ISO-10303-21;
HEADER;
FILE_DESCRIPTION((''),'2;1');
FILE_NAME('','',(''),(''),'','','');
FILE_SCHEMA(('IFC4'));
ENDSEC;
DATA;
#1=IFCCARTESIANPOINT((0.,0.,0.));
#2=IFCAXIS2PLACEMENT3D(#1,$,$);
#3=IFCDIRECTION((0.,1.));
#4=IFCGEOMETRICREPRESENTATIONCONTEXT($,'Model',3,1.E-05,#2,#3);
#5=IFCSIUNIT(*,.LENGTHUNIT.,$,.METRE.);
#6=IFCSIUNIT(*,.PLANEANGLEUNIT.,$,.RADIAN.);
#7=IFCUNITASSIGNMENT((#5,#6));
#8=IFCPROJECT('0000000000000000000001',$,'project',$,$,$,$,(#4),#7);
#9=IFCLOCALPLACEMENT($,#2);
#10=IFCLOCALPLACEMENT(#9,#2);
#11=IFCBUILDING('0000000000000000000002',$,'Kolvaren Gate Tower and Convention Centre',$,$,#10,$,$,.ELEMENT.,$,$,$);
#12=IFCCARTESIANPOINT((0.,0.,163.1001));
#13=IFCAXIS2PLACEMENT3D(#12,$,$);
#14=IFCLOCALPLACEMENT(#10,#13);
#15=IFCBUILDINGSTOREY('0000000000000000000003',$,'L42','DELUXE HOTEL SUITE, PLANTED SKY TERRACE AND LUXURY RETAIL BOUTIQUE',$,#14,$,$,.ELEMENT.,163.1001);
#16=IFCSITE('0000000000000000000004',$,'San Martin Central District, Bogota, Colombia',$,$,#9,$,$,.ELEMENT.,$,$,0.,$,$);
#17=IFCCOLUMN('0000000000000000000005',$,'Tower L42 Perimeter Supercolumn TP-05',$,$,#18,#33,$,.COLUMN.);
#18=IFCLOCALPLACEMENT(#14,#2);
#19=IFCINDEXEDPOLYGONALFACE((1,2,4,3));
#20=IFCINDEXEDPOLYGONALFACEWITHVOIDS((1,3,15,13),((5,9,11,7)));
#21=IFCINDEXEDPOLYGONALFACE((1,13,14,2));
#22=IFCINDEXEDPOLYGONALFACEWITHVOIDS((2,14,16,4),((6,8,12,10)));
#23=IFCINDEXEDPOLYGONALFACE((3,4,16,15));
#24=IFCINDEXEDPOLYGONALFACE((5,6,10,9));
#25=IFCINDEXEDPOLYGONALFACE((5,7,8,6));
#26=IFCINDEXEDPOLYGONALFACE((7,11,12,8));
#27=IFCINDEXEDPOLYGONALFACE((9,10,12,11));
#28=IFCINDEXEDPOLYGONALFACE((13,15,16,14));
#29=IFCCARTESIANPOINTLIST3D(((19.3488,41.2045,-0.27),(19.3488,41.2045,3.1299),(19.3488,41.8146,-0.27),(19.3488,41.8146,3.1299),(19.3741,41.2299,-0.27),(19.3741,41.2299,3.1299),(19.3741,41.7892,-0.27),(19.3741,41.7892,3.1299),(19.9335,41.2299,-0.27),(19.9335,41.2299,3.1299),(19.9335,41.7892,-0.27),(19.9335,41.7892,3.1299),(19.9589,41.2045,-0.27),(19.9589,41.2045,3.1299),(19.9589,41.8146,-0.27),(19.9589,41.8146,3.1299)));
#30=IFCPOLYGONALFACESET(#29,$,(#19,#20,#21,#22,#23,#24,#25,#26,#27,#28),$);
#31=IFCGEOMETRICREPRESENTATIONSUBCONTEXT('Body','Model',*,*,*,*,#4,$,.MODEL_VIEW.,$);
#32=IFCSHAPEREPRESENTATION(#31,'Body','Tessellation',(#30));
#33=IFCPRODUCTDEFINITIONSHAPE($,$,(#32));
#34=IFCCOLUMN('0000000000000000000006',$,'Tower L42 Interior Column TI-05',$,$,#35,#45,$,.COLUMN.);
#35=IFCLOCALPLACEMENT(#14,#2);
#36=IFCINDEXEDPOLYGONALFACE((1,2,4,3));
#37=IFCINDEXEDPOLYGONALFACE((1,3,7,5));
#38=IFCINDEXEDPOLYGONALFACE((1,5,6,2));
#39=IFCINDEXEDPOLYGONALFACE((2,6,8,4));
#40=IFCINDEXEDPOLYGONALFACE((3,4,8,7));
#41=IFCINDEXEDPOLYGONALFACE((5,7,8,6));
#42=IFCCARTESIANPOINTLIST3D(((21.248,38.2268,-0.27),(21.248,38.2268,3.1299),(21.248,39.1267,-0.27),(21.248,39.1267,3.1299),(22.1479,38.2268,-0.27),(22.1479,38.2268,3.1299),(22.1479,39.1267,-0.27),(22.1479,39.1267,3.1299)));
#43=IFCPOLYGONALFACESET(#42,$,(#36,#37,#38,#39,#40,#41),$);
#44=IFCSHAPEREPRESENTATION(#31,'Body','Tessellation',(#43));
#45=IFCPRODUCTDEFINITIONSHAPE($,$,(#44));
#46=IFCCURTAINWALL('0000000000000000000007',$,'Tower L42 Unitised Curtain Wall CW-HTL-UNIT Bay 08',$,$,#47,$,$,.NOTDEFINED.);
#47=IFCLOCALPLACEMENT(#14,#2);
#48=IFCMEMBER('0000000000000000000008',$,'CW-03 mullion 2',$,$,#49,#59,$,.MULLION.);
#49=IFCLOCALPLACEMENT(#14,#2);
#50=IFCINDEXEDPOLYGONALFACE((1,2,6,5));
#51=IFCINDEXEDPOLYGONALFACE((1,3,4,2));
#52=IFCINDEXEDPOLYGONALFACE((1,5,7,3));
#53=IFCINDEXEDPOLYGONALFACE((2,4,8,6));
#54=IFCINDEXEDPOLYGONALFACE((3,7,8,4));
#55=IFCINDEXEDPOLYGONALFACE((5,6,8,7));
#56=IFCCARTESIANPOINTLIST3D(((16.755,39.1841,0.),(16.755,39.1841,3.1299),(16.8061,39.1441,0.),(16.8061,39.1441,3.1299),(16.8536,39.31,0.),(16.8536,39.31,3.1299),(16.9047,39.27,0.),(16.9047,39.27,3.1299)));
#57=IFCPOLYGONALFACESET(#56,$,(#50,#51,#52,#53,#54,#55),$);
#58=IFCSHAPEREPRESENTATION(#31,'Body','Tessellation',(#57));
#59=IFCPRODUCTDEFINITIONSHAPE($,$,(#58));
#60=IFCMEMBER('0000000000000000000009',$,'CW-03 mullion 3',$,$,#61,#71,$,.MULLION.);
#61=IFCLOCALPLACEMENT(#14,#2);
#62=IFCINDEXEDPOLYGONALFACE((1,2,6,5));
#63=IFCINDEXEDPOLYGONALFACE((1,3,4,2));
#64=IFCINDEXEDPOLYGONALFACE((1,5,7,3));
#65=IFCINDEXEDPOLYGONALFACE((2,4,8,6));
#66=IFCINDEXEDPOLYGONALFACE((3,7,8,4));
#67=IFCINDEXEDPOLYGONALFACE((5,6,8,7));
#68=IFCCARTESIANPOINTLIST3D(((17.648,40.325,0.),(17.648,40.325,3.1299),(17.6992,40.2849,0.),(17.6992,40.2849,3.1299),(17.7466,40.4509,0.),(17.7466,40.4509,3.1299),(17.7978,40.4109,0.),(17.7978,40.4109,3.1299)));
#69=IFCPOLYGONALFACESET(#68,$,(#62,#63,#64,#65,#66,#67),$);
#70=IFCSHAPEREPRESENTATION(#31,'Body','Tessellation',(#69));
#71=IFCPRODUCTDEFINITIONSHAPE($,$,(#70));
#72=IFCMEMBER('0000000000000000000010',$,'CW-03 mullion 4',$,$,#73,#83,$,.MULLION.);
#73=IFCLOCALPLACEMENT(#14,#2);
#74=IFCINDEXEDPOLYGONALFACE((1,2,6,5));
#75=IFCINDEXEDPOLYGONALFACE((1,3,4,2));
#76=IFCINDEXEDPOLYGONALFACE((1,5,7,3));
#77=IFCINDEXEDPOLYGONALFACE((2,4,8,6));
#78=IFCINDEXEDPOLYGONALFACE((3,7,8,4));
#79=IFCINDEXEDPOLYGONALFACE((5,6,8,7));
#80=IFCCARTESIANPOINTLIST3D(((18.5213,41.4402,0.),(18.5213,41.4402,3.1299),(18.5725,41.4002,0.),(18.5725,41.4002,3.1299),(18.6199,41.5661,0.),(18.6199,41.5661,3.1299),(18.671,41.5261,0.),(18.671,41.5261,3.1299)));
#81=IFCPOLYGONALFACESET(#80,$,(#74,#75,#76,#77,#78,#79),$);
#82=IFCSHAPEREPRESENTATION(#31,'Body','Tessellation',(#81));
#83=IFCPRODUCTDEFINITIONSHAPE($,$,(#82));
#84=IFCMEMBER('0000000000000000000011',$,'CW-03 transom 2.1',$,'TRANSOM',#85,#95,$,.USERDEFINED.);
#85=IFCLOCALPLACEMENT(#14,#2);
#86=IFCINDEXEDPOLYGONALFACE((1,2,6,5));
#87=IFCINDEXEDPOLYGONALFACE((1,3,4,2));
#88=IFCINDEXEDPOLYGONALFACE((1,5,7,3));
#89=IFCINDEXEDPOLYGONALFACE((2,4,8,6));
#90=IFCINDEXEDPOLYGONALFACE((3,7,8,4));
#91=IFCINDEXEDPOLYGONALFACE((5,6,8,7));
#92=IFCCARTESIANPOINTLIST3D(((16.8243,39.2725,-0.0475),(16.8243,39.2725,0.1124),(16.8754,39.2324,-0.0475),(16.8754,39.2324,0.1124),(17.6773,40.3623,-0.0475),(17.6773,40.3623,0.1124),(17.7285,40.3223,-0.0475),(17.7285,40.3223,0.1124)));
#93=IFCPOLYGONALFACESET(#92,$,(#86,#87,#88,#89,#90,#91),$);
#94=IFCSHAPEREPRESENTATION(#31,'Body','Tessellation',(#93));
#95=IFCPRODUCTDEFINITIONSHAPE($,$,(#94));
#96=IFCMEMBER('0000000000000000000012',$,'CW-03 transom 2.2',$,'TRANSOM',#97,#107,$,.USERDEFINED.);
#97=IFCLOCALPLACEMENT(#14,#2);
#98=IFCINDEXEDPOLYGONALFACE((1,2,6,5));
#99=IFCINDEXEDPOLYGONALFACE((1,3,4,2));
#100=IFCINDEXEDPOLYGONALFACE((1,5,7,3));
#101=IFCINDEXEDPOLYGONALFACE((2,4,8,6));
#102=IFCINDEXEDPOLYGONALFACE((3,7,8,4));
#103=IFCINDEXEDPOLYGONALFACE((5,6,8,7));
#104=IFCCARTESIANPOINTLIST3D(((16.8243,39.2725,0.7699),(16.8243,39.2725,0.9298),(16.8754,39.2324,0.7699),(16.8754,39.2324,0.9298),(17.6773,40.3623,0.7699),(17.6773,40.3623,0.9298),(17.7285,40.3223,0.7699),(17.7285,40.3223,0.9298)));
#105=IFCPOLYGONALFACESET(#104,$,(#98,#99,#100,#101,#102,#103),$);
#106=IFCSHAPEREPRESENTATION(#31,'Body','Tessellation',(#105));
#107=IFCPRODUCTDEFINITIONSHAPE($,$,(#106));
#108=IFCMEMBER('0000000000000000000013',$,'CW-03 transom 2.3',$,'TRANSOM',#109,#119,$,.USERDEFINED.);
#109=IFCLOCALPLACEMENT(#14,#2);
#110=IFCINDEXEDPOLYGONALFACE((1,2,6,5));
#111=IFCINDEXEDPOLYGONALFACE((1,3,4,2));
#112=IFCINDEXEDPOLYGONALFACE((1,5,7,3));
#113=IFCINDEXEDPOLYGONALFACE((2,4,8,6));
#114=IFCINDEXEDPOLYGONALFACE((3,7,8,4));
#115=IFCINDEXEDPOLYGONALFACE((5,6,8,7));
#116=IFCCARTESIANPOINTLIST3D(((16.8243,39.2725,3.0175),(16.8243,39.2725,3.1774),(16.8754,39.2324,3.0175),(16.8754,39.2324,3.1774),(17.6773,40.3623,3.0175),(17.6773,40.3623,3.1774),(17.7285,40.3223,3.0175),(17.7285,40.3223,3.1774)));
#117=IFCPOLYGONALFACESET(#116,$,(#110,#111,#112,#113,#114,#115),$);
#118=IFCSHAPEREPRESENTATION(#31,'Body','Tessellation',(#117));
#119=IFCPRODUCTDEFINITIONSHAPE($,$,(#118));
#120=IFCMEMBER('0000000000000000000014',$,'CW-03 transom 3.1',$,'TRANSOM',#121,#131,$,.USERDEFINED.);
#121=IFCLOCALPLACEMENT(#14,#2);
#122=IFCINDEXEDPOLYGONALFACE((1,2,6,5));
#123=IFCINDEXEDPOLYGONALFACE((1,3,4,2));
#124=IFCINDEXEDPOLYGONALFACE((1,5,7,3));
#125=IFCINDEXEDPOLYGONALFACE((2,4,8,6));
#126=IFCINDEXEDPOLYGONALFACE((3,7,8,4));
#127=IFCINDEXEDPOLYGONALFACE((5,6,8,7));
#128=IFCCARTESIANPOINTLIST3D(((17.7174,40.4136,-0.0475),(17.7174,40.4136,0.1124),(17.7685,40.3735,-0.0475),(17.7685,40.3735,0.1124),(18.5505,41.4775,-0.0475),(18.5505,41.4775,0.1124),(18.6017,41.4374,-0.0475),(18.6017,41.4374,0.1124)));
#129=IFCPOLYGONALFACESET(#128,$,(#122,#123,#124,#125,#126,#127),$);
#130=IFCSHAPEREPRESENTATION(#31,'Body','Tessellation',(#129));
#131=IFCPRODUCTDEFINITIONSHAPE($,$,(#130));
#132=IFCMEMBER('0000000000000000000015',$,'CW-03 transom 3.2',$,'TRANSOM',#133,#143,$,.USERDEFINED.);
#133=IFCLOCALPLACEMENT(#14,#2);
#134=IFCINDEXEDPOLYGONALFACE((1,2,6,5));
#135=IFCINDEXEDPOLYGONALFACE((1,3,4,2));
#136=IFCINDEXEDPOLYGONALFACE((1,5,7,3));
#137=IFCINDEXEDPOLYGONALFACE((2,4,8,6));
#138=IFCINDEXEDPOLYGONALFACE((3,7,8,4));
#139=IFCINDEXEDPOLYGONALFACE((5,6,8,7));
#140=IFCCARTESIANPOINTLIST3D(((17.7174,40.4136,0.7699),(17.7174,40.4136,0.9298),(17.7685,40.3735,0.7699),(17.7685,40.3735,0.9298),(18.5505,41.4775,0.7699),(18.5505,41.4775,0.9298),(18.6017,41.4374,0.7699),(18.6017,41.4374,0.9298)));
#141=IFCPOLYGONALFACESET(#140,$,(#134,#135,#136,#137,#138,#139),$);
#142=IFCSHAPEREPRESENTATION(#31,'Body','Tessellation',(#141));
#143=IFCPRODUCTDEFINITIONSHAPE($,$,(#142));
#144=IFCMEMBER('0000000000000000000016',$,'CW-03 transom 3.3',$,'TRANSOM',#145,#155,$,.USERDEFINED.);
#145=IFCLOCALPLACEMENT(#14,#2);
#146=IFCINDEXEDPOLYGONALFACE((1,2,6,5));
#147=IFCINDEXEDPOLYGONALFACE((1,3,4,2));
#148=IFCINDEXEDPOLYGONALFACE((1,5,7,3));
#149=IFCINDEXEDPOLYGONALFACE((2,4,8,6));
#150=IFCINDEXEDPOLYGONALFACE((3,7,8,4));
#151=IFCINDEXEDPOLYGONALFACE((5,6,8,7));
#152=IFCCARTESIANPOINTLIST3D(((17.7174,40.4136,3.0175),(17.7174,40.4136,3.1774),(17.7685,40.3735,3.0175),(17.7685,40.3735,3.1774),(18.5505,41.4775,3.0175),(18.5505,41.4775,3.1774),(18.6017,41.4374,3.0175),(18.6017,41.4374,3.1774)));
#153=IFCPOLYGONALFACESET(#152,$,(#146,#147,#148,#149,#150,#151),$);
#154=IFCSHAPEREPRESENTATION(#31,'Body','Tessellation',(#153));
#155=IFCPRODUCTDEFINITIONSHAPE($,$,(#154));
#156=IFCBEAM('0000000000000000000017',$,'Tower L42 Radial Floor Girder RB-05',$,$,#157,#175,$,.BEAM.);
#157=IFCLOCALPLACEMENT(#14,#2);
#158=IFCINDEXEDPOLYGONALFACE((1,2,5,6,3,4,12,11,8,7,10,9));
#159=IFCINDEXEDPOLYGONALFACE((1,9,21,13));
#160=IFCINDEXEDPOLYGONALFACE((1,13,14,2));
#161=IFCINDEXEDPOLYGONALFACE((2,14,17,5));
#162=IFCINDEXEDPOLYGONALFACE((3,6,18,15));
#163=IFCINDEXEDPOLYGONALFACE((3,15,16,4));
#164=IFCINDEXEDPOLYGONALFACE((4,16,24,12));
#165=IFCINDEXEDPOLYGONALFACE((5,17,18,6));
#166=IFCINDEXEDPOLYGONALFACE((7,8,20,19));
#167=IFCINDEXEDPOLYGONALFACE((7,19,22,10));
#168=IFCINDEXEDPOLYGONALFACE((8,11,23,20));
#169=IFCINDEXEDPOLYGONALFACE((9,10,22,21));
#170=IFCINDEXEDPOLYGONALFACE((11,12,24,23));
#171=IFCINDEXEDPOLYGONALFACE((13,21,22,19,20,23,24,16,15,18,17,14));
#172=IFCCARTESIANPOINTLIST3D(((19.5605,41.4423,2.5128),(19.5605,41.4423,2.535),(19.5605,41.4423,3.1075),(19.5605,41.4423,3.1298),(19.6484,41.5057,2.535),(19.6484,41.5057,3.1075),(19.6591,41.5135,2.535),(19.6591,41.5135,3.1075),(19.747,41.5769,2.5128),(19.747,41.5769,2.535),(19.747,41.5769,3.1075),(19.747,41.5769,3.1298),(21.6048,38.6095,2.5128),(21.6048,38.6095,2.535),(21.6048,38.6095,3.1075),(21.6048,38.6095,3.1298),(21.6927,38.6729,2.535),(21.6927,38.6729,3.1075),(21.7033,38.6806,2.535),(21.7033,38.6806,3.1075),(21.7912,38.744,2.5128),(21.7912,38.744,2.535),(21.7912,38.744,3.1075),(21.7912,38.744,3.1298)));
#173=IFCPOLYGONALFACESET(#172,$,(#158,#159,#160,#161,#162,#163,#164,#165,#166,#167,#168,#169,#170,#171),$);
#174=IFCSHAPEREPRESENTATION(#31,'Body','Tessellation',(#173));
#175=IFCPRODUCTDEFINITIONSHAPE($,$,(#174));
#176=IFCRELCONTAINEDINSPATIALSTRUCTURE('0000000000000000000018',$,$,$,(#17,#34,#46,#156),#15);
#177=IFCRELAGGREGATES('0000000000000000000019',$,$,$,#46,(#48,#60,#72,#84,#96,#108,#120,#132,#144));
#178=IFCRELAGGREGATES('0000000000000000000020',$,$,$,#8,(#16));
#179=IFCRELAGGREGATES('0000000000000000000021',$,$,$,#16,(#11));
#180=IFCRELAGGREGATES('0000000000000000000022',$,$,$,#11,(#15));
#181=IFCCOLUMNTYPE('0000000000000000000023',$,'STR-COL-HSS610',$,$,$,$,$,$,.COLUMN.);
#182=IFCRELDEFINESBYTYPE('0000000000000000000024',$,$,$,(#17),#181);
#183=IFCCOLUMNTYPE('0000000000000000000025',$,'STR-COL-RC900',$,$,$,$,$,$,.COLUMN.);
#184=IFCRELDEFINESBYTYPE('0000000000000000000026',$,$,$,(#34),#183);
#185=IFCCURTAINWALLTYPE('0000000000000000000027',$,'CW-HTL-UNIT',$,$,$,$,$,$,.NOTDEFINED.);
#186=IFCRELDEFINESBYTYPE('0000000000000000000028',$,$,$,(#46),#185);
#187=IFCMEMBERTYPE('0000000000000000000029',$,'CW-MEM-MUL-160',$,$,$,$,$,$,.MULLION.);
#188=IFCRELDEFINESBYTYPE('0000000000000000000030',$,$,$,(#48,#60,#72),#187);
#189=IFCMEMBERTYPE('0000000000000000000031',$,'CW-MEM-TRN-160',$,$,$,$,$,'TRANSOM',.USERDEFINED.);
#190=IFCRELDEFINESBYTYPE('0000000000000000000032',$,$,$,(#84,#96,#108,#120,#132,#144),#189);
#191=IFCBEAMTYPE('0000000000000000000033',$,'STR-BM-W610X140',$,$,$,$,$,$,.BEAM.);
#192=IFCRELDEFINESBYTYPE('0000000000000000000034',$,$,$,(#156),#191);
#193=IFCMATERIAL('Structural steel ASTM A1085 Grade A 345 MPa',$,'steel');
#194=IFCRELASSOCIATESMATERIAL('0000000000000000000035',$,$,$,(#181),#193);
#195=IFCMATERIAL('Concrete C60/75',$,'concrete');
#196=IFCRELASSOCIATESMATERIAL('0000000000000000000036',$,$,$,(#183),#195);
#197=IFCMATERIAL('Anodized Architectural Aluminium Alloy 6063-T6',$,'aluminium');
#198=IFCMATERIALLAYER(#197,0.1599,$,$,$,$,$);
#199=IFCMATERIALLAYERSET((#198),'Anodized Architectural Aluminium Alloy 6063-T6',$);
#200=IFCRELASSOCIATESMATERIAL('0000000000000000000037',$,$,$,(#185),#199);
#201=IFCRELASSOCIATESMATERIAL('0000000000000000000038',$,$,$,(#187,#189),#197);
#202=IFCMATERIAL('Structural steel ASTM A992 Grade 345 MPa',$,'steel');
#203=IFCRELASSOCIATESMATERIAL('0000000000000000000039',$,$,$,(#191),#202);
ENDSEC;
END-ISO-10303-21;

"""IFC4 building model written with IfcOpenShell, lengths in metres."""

from ifc_helpers import new_model, si_unit, direction, frame, origin, origin_2d, place, context, subcontext, project, spatial, rectangle, hollow_rectangle, i_section, extrude, material, layer, layer_set, material_profile, profile_set, type_object, element, aggregate, save


model = new_model("IFC4")

# Units and contexts
model_context = context("Model", 3, precision=1e-05, world=origin(), true_north=direction((0.0, 1.0)))
body_context = subcontext(model_context, "Body", "Model", "MODEL_VIEW")
ifc_project = project(units=[si_unit("LENGTHUNIT", "METRE"), si_unit("PLANEANGLEUNIT", "RADIAN")], contexts=[model_context])

# Site, building, storey
site_placement = place(None, origin())
site = spatial("IfcSite", under=ifc_project, at=site_placement, Name="San Martin Central District, Bogota, Colombia", CompositionType="ELEMENT", RefElevation=0.0)
building_placement = place(site_placement, origin())
building = spatial("IfcBuilding", under=site, at=building_placement, Name="Kolvaren Gate Tower and Convention Centre", CompositionType="ELEMENT")
storey_placement = place(building_placement, frame((0.0, 0.0, 163.1001)))
storey = spatial("IfcBuildingStorey", under=building, at=storey_placement, Name="L42", Description="DELUXE HOTEL SUITE, PLANTED SKY TERRACE AND LUXURY RETAIL BOUTIQUE", CompositionType="ELEMENT", Elevation=163.1001)

# Columns
ifc_material_1 = material(Name="Structural steel ASTM A1085 Grade A 345 MPa", Category="steel")
ifc_material_profile_1 = material_profile(ifc_material_1, hollow_rectangle(XDim=0.6101, YDim=0.6101, WallThickness=0.0254, at=origin_2d()), Name="HSS610X610X25.4")
ifc_profile_set_1 = profile_set([ifc_material_profile_1], Name="Structural steel ASTM A1085 Grade A 345 MPa")
column_type_1 = type_object("IfcColumnType", Name="STR-COL-HSS610", PredefinedType="COLUMN", material=ifc_profile_set_1)
column_1_placement = place(storey_placement, frame((19.6538, 41.5095, -0.27), z_axis=(0.0, 0.0, 1.0), x_axis=(1.0, 0.0, 0.0)))
element("IfcColumn", 1, at=column_1_placement, inside=storey, type_object=column_type_1, Name="Tower L42 Perimeter Supercolumn TP-05", PredefinedType="COLUMN", context=body_context, shape_type="SweptSolid", body=[
    extrude(hollow_rectangle(XDim=0.6101, YDim=0.6101, WallThickness=0.0254, at=origin_2d()), origin(), (0.0, 0.0, 1.0), 3.3999),
])
ifc_material_2 = material(Name="Concrete C60/75", Category="concrete")
ifc_material_profile_2 = material_profile(ifc_material_2, rectangle(XDim=0.8999, YDim=0.8999, at=origin_2d()), Name="RC-COL-900X900")
ifc_profile_set_2 = profile_set([ifc_material_profile_2], Name="Concrete C60/75")
column_type_2 = type_object("IfcColumnType", Name="STR-COL-RC900", PredefinedType="COLUMN", material=ifc_profile_set_2)
column_2_placement = place(storey_placement, frame((21.698, 38.6768, -0.27), z_axis=(0.0, 0.0, 1.0), x_axis=(1.0, 0.0, 0.0)))
element("IfcColumn", 2, at=column_2_placement, inside=storey, type_object=column_type_2, Name="Tower L42 Interior Column TI-05", PredefinedType="COLUMN", context=body_context, shape_type="SweptSolid", body=[
    extrude(rectangle(XDim=0.8999, YDim=0.8999, at=origin_2d()), origin(), (0.0, 0.0, 1.0), 3.3999),
])

# Curtain wall, members
ifc_material_3 = material(Name="Anodized Architectural Aluminium Alloy 6063-T6", Category="aluminium")
ifc_layer_1 = layer(ifc_material_3, 0.1599)
ifc_layer_set_1 = layer_set([ifc_layer_1], Name="Anodized Architectural Aluminium Alloy 6063-T6")
curtain_wall_type = type_object("IfcCurtainWallType", Name="CW-HTL-UNIT", PredefinedType="NOTDEFINED", material=ifc_layer_set_1)
curtain_wall_placement = place(storey_placement, origin())
curtain_wall = element("IfcCurtainWall", 3, at=curtain_wall_placement, inside=storey, type_object=curtain_wall_type, Name="Tower L42 Unitised Curtain Wall CW-HTL-UNIT Bay 08", PredefinedType="NOTDEFINED")
ifc_material_profile_3 = material_profile(ifc_material_3, rectangle(XDim=0.0649, YDim=0.1599, at=origin_2d()), Name="CW-MEM-MUL-160")
ifc_profile_set_3 = profile_set([ifc_material_profile_3], Name="Anodized Architectural Aluminium Alloy 6063-T6")
member_type_1 = type_object("IfcMemberType", Name="CW-MEM-MUL-160", PredefinedType="MULLION", material=ifc_profile_set_3)
member_1_placement = place(storey_placement, frame((16.8298, 39.2271, 0.0), z_axis=(0.0, 0.0, 1.0), x_axis=(-0.787395, 0.616449, 0.0)))
member_1 = element("IfcMember", 4, at=member_1_placement, type_object=member_type_1, Name="CW-03 mullion 2", PredefinedType="MULLION", context=body_context, shape_type="SweptSolid", body=[
    extrude(rectangle(XDim=0.0649, YDim=0.1599, at=origin_2d()), origin(), (0.0, 0.0, 1.0), 3.1299),
])
member_2_placement = place(storey_placement, frame((17.7229, 40.3679, 0.0), z_axis=(0.0, 0.0, 1.0), x_axis=(-0.787395, 0.616449, 0.0)))
member_2 = element("IfcMember", 5, at=member_2_placement, type_object=member_type_1, Name="CW-03 mullion 3", PredefinedType="MULLION", context=body_context, shape_type="SweptSolid", body=[
    extrude(rectangle(XDim=0.0649, YDim=0.1599, at=origin_2d()), origin(), (0.0, 0.0, 1.0), 3.1299),
])
member_3_placement = place(storey_placement, frame((18.5962, 41.4832, 0.0), z_axis=(0.0, 0.0, 1.0), x_axis=(-0.787395, 0.616449, 0.0)))
member_3 = element("IfcMember", 6, at=member_3_placement, type_object=member_type_1, Name="CW-03 mullion 4", PredefinedType="MULLION", context=body_context, shape_type="SweptSolid", body=[
    extrude(rectangle(XDim=0.0649, YDim=0.1599, at=origin_2d()), origin(), (0.0, 0.0, 1.0), 3.1299),
])
ifc_material_profile_4 = material_profile(ifc_material_3, rectangle(XDim=0.0649, YDim=0.1599, at=origin_2d()), Name="CW-MEM-TRN-160")
ifc_profile_set_4 = profile_set([ifc_material_profile_4], Name="Anodized Architectural Aluminium Alloy 6063-T6")
member_type_2 = type_object("IfcMemberType", Name="CW-MEM-TRN-160", ElementType="TRANSOM", PredefinedType="USERDEFINED", material=ifc_profile_set_4)
member_4_placement = place(storey_placement, frame((16.8499, 39.2524, 0.0325), z_axis=(0.616356, 0.787468, 0.0), x_axis=(-0.787468, 0.616356, 0.0)))
member_4 = element("IfcMember", 7, at=member_4_placement, type_object=member_type_2, Name="CW-03 transom 2.1", ObjectType="TRANSOM", PredefinedType="USERDEFINED", context=body_context, shape_type="SweptSolid", body=[
    extrude(rectangle(XDim=0.0649, YDim=0.1599, at=origin_2d()), origin(), (0.0, 0.0, 1.0), 1.384),
])
member_5_placement = place(storey_placement, frame((16.8499, 39.2524, 0.8499), z_axis=(0.616356, 0.787468, 0.0), x_axis=(-0.787468, 0.616356, 0.0)))
member_5 = element("IfcMember", 8, at=member_5_placement, type_object=member_type_2, Name="CW-03 transom 2.2", ObjectType="TRANSOM", PredefinedType="USERDEFINED", context=body_context, shape_type="SweptSolid", body=[
    extrude(rectangle(XDim=0.0649, YDim=0.1599, at=origin_2d()), origin(), (0.0, 0.0, 1.0), 1.384),
])
member_6_placement = place(storey_placement, frame((16.8499, 39.2524, 3.0974), z_axis=(0.616356, 0.787468, 0.0), x_axis=(-0.787468, 0.616356, 0.0)))
member_6 = element("IfcMember", 9, at=member_6_placement, type_object=member_type_2, Name="CW-03 transom 2.3", ObjectType="TRANSOM", PredefinedType="USERDEFINED", context=body_context, shape_type="SweptSolid", body=[
    extrude(rectangle(XDim=0.0649, YDim=0.1599, at=origin_2d()), origin(), (0.0, 0.0, 1.0), 1.384),
])
member_7_placement = place(storey_placement, frame((17.7429, 40.3936, 0.0325), z_axis=(0.616576, 0.787295, 0.0), x_axis=(-0.787295, 0.616576, 0.0)))
member_7 = element("IfcMember", 10, at=member_7_placement, type_object=member_type_2, Name="CW-03 transom 3.1", ObjectType="TRANSOM", PredefinedType="USERDEFINED", context=body_context, shape_type="SweptSolid", body=[
    extrude(rectangle(XDim=0.0649, YDim=0.1599, at=origin_2d()), origin(), (0.0, 0.0, 1.0), 1.3513),
])
member_8_placement = place(storey_placement, frame((17.7429, 40.3936, 0.8499), z_axis=(0.616576, 0.787295, 0.0), x_axis=(-0.787295, 0.616576, 0.0)))
member_8 = element("IfcMember", 11, at=member_8_placement, type_object=member_type_2, Name="CW-03 transom 3.2", ObjectType="TRANSOM", PredefinedType="USERDEFINED", context=body_context, shape_type="SweptSolid", body=[
    extrude(rectangle(XDim=0.0649, YDim=0.1599, at=origin_2d()), origin(), (0.0, 0.0, 1.0), 1.3513),
])
member_9_placement = place(storey_placement, frame((17.7429, 40.3936, 3.0974), z_axis=(0.616576, 0.787295, 0.0), x_axis=(-0.787295, 0.616576, 0.0)))
member_9 = element("IfcMember", 12, at=member_9_placement, type_object=member_type_2, Name="CW-03 transom 3.3", ObjectType="TRANSOM", PredefinedType="USERDEFINED", context=body_context, shape_type="SweptSolid", body=[
    extrude(rectangle(XDim=0.0649, YDim=0.1599, at=origin_2d()), origin(), (0.0, 0.0, 1.0), 1.3513),
])

# Beam
ifc_material_4 = material(Name="Structural steel ASTM A992 Grade 345 MPa", Category="steel")
ifc_material_profile_5 = material_profile(ifc_material_4, i_section(OverallWidth=0.23, OverallDepth=0.6169, WebThickness=0.0132, FlangeThickness=0.0222, at=origin_2d()), Name="W610X140")
ifc_profile_set_5 = profile_set([ifc_material_profile_5], Name="Structural steel ASTM A992 Grade 345 MPa")
beam_type_1 = type_object("IfcBeamType", Name="STR-BM-W610X140", PredefinedType="BEAM", material=ifc_profile_set_5)
beam_1_placement = place(storey_placement, frame((21.698, 38.6768, 2.8213), z_axis=(-0.585172, 0.81091, 0.0), x_axis=(-0.81091, -0.585172, 0.0)))
element("IfcBeam", 13, at=beam_1_placement, inside=storey, type_object=beam_type_1, Name="Tower L42 Radial Floor Girder RB-05", PredefinedType="BEAM", context=body_context, shape_type="SweptSolid", body=[
    extrude(i_section(OverallWidth=0.23, OverallDepth=0.6169, WebThickness=0.0132, FlangeThickness=0.0222, at=origin_2d()), origin(), (0.0, 0.0, 1.0), 3.4934),
])

aggregate(curtain_wall, [member_1, member_2, member_3, member_4, member_5, member_6, member_7, member_8, member_9])

save(model, "model.ifc")
